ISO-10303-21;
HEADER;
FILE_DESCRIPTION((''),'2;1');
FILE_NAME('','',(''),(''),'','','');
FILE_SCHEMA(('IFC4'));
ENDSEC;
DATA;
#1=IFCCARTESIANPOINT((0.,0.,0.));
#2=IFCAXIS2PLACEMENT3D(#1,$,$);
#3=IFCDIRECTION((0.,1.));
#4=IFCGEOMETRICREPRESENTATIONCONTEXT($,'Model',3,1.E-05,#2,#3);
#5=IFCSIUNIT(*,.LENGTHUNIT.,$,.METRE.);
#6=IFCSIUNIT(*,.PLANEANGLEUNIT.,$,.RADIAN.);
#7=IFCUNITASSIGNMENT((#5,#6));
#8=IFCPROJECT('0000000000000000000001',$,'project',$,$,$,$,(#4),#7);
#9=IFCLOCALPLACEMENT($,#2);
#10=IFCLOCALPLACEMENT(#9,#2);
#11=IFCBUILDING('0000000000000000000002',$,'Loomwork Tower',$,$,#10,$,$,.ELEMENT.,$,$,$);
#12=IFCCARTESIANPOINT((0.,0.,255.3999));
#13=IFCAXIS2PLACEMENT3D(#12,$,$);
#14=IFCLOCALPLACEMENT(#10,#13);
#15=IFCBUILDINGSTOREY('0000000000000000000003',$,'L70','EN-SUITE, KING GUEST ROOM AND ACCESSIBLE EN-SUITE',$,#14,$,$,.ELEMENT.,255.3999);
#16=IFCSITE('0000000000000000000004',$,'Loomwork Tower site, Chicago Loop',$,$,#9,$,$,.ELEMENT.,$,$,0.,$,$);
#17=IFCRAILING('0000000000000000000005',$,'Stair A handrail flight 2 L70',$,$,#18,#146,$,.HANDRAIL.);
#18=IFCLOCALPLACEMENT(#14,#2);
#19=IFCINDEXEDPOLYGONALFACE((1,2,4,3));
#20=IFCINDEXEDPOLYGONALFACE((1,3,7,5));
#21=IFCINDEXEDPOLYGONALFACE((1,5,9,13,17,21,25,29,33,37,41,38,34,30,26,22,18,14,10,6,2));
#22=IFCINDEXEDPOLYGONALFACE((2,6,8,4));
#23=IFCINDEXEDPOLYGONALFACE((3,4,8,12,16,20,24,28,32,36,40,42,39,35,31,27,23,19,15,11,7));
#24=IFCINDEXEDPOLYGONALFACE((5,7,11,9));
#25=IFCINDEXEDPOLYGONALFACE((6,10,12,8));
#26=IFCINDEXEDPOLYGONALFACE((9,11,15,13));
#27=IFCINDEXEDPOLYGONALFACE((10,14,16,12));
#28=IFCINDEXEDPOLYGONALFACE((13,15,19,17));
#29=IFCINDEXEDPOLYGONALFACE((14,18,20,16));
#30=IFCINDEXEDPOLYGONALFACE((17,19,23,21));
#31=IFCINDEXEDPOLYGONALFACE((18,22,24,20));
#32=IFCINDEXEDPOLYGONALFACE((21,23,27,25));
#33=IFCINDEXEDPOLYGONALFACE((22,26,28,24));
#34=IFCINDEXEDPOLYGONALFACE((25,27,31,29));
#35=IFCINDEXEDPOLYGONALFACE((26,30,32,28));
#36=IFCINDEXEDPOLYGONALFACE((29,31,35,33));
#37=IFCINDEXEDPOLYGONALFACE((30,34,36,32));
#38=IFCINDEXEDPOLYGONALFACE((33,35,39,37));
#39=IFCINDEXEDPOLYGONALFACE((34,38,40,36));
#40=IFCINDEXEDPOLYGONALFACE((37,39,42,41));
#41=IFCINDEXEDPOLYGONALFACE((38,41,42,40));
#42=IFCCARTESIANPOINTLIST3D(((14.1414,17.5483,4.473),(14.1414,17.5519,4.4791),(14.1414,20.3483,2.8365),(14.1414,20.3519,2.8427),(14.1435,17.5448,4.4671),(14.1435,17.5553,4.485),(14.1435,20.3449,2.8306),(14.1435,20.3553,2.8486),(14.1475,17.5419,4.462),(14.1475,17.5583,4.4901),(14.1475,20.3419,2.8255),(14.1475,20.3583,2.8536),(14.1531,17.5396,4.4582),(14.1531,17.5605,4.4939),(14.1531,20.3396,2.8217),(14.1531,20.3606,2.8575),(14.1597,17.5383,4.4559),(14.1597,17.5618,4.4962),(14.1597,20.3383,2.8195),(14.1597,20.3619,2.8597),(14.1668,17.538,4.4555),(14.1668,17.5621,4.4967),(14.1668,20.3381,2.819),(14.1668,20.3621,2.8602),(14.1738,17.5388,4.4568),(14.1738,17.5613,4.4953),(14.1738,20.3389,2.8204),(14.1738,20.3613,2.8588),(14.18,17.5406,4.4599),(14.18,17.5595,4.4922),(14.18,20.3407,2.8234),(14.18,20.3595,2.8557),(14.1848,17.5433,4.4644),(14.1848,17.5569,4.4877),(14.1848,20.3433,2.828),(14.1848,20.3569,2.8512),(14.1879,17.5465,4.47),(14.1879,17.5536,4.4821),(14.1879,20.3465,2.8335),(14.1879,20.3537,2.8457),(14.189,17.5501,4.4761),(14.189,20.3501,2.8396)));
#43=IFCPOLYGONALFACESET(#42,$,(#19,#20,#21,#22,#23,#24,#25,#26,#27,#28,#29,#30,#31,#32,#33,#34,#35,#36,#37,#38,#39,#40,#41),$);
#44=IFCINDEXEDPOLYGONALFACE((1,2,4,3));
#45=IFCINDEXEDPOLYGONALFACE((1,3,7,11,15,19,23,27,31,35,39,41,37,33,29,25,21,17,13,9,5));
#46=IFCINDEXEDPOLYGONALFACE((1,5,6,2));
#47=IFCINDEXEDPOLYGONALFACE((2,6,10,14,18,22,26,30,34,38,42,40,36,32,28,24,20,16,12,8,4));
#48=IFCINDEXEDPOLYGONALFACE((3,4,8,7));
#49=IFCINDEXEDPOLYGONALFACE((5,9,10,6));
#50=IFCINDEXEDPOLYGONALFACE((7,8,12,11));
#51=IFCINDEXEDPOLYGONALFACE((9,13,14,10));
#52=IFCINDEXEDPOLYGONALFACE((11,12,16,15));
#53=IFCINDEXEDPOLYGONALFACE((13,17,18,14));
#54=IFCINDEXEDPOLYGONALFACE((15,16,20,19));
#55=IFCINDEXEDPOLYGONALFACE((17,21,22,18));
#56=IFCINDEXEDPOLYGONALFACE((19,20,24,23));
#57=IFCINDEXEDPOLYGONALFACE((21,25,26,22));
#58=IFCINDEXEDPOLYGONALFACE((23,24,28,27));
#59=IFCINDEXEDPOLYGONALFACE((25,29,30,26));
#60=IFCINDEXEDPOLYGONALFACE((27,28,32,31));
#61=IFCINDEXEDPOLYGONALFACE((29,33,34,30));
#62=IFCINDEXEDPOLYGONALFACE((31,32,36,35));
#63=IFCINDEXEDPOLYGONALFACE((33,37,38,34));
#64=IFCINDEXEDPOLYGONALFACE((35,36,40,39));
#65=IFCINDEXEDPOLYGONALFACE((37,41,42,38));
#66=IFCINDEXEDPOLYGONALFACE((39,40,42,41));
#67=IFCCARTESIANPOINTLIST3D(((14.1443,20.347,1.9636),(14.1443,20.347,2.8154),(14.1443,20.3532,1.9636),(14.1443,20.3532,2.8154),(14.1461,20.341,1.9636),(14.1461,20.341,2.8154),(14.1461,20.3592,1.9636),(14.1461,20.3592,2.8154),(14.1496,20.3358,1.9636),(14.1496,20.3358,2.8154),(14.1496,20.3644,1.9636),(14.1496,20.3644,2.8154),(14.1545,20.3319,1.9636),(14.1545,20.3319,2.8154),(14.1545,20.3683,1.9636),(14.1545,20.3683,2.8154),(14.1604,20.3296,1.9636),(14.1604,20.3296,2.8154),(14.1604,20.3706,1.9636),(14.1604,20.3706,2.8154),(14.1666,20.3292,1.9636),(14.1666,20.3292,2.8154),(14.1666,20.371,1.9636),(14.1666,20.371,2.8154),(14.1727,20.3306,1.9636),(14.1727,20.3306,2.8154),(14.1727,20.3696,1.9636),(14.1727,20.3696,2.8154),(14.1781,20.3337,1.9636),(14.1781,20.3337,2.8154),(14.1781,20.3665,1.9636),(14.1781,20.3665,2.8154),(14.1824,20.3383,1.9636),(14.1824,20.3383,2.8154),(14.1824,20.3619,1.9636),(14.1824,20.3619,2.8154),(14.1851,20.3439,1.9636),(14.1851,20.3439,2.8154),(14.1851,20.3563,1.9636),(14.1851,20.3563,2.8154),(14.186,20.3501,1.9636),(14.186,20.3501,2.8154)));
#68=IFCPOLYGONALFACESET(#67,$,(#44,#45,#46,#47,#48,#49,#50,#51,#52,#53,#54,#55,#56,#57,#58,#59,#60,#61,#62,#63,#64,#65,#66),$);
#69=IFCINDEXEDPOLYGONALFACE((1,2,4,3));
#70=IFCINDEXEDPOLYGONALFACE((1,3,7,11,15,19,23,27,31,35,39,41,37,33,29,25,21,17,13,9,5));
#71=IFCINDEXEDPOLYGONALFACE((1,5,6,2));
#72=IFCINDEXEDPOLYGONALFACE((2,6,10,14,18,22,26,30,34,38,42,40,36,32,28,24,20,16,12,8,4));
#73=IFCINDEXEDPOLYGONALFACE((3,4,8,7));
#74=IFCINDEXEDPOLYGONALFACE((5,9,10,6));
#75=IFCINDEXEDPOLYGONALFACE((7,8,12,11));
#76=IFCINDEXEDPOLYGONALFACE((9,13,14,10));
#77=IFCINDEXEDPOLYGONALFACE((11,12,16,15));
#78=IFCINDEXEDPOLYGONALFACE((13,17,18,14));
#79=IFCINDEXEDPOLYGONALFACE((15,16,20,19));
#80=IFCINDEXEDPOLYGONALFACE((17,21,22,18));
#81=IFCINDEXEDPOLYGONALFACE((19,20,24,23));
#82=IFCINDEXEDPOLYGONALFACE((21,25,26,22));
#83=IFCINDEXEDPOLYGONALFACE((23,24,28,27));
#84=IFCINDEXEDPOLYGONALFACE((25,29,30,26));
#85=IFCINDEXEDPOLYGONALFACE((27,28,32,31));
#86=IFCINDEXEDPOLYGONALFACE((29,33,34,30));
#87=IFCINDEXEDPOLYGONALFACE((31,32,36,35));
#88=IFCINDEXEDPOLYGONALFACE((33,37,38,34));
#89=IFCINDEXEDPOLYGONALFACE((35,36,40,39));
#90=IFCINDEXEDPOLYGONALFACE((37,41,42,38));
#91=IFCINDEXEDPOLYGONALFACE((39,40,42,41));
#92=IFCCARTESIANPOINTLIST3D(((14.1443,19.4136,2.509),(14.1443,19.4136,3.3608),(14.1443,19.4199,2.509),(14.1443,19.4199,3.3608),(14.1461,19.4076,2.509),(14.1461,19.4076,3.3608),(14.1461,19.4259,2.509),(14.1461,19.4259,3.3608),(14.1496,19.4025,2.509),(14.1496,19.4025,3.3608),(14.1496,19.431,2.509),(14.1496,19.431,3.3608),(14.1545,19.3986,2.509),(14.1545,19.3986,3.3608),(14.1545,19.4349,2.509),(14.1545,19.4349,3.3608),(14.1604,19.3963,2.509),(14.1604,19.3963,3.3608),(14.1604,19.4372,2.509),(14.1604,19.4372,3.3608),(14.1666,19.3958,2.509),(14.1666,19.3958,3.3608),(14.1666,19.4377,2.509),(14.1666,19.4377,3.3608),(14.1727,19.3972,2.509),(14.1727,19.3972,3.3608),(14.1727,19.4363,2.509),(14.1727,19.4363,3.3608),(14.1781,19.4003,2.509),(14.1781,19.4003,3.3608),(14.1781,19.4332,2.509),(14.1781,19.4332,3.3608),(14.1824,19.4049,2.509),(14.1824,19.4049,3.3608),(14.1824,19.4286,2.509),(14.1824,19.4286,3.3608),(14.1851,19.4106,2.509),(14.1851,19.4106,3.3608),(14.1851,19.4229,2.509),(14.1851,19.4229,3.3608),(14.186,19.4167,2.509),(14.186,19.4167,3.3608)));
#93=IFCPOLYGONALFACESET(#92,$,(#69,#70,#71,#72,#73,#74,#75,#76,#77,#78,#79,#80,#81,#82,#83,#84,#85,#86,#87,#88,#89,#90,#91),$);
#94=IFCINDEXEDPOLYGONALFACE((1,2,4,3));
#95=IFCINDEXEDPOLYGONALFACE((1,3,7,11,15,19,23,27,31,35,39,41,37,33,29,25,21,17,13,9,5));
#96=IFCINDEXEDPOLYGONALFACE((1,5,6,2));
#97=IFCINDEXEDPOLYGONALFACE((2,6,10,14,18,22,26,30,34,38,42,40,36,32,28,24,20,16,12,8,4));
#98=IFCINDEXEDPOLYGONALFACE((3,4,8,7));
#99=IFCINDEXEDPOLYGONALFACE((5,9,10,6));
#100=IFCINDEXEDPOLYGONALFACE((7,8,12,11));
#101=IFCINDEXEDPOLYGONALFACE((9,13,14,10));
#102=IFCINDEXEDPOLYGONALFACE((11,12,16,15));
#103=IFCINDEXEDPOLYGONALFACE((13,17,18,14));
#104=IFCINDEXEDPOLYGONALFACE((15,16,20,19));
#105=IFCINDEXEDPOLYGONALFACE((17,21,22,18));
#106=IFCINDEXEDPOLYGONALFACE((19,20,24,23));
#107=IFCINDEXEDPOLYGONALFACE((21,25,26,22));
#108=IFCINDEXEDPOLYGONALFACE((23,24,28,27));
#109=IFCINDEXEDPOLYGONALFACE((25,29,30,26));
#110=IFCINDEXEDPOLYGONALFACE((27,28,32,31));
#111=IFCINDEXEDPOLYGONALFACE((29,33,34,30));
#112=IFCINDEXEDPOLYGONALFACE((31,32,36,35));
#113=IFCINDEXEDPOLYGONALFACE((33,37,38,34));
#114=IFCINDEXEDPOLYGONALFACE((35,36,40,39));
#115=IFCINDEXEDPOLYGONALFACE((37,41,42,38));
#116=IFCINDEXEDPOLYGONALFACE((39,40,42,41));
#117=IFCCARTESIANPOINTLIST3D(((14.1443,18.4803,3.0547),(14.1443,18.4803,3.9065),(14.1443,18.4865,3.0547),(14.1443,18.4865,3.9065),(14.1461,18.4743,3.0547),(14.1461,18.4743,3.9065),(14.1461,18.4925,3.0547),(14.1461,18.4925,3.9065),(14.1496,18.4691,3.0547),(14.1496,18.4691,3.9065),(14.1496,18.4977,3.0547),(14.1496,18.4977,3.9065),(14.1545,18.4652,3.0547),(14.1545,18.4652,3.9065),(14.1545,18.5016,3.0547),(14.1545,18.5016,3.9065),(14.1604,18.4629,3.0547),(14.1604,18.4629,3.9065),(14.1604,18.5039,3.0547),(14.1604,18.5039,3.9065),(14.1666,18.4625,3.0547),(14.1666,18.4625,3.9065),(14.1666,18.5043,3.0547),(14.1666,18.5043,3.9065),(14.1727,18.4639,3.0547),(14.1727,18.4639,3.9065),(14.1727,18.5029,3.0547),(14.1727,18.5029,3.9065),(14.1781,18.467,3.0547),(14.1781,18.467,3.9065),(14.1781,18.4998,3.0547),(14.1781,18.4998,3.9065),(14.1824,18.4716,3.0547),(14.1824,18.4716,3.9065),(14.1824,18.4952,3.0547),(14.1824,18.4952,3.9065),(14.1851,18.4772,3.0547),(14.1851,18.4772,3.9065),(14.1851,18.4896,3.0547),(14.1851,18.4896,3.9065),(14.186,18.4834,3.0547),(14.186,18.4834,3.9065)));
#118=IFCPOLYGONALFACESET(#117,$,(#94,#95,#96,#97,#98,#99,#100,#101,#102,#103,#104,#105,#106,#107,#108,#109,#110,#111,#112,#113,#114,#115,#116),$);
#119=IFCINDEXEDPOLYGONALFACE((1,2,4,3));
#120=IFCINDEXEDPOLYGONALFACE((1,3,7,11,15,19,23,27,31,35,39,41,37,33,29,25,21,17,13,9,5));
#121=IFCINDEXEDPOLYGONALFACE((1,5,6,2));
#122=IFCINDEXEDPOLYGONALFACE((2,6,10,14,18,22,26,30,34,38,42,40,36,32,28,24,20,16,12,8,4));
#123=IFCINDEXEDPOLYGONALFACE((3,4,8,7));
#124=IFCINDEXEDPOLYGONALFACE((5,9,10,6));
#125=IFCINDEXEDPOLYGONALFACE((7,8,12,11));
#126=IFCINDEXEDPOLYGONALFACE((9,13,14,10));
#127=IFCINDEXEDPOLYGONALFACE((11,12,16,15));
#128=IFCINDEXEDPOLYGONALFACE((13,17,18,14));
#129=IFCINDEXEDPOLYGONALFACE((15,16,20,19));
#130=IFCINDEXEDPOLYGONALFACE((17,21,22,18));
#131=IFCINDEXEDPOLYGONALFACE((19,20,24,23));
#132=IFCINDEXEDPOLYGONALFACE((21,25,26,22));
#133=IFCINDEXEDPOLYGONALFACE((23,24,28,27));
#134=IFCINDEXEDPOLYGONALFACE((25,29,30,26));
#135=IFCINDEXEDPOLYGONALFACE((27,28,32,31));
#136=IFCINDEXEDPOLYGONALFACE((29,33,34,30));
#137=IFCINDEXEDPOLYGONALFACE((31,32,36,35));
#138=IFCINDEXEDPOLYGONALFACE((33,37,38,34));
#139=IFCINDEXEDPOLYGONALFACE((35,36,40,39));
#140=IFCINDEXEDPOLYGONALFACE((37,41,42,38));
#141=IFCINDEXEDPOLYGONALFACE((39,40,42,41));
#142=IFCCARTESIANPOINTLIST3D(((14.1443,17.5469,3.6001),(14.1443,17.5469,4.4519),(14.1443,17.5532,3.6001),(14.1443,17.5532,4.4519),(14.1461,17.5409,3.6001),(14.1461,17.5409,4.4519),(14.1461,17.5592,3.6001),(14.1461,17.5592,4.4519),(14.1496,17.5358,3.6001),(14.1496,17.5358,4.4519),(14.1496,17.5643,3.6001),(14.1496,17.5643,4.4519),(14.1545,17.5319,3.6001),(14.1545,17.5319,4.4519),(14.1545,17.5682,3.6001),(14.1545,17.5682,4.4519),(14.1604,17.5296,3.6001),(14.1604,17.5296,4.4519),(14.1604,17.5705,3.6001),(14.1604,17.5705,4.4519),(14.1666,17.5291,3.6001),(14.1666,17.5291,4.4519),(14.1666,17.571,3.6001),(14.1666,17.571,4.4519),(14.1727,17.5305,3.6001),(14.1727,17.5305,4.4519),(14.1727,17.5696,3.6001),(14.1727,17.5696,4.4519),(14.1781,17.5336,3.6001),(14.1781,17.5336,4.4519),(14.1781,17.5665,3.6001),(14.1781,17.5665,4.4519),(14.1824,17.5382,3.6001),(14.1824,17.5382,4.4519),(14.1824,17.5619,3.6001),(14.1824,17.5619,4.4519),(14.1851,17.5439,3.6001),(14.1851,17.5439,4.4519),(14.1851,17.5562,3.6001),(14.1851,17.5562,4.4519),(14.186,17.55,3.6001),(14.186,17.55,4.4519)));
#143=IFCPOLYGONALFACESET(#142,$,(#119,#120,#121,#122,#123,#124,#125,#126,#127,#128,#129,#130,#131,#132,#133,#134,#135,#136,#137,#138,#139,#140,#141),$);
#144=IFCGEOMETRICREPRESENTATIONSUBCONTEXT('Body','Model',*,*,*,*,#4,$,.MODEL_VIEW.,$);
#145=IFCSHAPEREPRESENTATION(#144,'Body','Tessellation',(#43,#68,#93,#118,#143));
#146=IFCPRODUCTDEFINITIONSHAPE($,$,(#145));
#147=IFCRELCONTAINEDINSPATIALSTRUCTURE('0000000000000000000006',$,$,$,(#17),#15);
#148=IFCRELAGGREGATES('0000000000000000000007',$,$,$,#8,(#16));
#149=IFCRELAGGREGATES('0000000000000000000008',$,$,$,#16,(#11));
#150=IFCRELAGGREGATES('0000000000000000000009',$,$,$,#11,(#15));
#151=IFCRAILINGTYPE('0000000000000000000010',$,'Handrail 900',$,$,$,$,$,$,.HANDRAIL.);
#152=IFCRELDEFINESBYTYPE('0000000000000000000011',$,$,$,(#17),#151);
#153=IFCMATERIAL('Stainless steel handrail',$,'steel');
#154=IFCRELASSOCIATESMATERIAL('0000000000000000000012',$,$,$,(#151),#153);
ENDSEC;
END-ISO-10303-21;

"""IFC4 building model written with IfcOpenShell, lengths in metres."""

from ifc_helpers import new_model, si_unit, direction, frame, origin, origin_2d, place, context, subcontext, project, spatial, circle, extrude, material, type_object, element, save


model = new_model("IFC4")

# Units and contexts
model_context = context("Model", 3, precision=1e-05, world=origin(), true_north=direction((0.0, 1.0)))
body_context = subcontext(model_context, "Body", "Model", "MODEL_VIEW")
ifc_project = project(units=[si_unit("LENGTHUNIT", "METRE"), si_unit("PLANEANGLEUNIT", "RADIAN")], contexts=[model_context])

# Site, building, storey
site_placement = place(None, origin())
site = spatial("IfcSite", under=ifc_project, at=site_placement, Name="Loomwork Tower site, Chicago Loop", CompositionType="ELEMENT", RefElevation=0.0)
building_placement = place(site_placement, origin())
building = spatial("IfcBuilding", under=site, at=building_placement, Name="Loomwork Tower", CompositionType="ELEMENT")
storey_placement = place(building_placement, frame((0.0, 0.0, 255.3999)))
storey = spatial("IfcBuildingStorey", under=building, at=storey_placement, Name="L70", Description="EN-SUITE, KING GUEST ROOM AND ACCESSIBLE EN-SUITE", CompositionType="ELEMENT", Elevation=255.3999)

# Railing
ifc_material_1 = material(Name="Stainless steel handrail", Category="steel")
railing_type = type_object("IfcRailingType", Name="Handrail 900", PredefinedType="HANDRAIL", material=ifc_material_1)
railing_placement = place(storey_placement, frame((14.165, 20.3501, 1.9636)))
element("IfcRailing", 1, at=railing_placement, inside=storey, type_object=railing_type, Name="Stair A handrail flight 2 L70", PredefinedType="HANDRAIL", context=body_context, shape_type="SweptSolid", body=[
    extrude(circle(Radius=0.0239, at=origin_2d()), frame((0.0, 0.0, 0.876), z_axis=(0.0, -0.863361, 0.504587), x_axis=(1.0, 0.0, 0.0)), (0.0, 0.0, 1.0), 3.2432),
    extrude(circle(Radius=0.021, at=origin_2d()), origin(), (0.0, 0.0, 1.0), 0.8518),
    extrude(circle(Radius=0.021, at=origin_2d()), frame((0.0, -0.9333, 0.5454)), (0.0, 0.0, 1.0), 0.8518),
    extrude(circle(Radius=0.021, at=origin_2d()), frame((0.0, -1.8667, 1.0911)), (0.0, 0.0, 1.0), 0.8518),
    extrude(circle(Radius=0.021, at=origin_2d()), frame((0.0, -2.8, 1.6365)), (0.0, 0.0, 1.0), 0.8518),
])

save(model, "model.ifc")
